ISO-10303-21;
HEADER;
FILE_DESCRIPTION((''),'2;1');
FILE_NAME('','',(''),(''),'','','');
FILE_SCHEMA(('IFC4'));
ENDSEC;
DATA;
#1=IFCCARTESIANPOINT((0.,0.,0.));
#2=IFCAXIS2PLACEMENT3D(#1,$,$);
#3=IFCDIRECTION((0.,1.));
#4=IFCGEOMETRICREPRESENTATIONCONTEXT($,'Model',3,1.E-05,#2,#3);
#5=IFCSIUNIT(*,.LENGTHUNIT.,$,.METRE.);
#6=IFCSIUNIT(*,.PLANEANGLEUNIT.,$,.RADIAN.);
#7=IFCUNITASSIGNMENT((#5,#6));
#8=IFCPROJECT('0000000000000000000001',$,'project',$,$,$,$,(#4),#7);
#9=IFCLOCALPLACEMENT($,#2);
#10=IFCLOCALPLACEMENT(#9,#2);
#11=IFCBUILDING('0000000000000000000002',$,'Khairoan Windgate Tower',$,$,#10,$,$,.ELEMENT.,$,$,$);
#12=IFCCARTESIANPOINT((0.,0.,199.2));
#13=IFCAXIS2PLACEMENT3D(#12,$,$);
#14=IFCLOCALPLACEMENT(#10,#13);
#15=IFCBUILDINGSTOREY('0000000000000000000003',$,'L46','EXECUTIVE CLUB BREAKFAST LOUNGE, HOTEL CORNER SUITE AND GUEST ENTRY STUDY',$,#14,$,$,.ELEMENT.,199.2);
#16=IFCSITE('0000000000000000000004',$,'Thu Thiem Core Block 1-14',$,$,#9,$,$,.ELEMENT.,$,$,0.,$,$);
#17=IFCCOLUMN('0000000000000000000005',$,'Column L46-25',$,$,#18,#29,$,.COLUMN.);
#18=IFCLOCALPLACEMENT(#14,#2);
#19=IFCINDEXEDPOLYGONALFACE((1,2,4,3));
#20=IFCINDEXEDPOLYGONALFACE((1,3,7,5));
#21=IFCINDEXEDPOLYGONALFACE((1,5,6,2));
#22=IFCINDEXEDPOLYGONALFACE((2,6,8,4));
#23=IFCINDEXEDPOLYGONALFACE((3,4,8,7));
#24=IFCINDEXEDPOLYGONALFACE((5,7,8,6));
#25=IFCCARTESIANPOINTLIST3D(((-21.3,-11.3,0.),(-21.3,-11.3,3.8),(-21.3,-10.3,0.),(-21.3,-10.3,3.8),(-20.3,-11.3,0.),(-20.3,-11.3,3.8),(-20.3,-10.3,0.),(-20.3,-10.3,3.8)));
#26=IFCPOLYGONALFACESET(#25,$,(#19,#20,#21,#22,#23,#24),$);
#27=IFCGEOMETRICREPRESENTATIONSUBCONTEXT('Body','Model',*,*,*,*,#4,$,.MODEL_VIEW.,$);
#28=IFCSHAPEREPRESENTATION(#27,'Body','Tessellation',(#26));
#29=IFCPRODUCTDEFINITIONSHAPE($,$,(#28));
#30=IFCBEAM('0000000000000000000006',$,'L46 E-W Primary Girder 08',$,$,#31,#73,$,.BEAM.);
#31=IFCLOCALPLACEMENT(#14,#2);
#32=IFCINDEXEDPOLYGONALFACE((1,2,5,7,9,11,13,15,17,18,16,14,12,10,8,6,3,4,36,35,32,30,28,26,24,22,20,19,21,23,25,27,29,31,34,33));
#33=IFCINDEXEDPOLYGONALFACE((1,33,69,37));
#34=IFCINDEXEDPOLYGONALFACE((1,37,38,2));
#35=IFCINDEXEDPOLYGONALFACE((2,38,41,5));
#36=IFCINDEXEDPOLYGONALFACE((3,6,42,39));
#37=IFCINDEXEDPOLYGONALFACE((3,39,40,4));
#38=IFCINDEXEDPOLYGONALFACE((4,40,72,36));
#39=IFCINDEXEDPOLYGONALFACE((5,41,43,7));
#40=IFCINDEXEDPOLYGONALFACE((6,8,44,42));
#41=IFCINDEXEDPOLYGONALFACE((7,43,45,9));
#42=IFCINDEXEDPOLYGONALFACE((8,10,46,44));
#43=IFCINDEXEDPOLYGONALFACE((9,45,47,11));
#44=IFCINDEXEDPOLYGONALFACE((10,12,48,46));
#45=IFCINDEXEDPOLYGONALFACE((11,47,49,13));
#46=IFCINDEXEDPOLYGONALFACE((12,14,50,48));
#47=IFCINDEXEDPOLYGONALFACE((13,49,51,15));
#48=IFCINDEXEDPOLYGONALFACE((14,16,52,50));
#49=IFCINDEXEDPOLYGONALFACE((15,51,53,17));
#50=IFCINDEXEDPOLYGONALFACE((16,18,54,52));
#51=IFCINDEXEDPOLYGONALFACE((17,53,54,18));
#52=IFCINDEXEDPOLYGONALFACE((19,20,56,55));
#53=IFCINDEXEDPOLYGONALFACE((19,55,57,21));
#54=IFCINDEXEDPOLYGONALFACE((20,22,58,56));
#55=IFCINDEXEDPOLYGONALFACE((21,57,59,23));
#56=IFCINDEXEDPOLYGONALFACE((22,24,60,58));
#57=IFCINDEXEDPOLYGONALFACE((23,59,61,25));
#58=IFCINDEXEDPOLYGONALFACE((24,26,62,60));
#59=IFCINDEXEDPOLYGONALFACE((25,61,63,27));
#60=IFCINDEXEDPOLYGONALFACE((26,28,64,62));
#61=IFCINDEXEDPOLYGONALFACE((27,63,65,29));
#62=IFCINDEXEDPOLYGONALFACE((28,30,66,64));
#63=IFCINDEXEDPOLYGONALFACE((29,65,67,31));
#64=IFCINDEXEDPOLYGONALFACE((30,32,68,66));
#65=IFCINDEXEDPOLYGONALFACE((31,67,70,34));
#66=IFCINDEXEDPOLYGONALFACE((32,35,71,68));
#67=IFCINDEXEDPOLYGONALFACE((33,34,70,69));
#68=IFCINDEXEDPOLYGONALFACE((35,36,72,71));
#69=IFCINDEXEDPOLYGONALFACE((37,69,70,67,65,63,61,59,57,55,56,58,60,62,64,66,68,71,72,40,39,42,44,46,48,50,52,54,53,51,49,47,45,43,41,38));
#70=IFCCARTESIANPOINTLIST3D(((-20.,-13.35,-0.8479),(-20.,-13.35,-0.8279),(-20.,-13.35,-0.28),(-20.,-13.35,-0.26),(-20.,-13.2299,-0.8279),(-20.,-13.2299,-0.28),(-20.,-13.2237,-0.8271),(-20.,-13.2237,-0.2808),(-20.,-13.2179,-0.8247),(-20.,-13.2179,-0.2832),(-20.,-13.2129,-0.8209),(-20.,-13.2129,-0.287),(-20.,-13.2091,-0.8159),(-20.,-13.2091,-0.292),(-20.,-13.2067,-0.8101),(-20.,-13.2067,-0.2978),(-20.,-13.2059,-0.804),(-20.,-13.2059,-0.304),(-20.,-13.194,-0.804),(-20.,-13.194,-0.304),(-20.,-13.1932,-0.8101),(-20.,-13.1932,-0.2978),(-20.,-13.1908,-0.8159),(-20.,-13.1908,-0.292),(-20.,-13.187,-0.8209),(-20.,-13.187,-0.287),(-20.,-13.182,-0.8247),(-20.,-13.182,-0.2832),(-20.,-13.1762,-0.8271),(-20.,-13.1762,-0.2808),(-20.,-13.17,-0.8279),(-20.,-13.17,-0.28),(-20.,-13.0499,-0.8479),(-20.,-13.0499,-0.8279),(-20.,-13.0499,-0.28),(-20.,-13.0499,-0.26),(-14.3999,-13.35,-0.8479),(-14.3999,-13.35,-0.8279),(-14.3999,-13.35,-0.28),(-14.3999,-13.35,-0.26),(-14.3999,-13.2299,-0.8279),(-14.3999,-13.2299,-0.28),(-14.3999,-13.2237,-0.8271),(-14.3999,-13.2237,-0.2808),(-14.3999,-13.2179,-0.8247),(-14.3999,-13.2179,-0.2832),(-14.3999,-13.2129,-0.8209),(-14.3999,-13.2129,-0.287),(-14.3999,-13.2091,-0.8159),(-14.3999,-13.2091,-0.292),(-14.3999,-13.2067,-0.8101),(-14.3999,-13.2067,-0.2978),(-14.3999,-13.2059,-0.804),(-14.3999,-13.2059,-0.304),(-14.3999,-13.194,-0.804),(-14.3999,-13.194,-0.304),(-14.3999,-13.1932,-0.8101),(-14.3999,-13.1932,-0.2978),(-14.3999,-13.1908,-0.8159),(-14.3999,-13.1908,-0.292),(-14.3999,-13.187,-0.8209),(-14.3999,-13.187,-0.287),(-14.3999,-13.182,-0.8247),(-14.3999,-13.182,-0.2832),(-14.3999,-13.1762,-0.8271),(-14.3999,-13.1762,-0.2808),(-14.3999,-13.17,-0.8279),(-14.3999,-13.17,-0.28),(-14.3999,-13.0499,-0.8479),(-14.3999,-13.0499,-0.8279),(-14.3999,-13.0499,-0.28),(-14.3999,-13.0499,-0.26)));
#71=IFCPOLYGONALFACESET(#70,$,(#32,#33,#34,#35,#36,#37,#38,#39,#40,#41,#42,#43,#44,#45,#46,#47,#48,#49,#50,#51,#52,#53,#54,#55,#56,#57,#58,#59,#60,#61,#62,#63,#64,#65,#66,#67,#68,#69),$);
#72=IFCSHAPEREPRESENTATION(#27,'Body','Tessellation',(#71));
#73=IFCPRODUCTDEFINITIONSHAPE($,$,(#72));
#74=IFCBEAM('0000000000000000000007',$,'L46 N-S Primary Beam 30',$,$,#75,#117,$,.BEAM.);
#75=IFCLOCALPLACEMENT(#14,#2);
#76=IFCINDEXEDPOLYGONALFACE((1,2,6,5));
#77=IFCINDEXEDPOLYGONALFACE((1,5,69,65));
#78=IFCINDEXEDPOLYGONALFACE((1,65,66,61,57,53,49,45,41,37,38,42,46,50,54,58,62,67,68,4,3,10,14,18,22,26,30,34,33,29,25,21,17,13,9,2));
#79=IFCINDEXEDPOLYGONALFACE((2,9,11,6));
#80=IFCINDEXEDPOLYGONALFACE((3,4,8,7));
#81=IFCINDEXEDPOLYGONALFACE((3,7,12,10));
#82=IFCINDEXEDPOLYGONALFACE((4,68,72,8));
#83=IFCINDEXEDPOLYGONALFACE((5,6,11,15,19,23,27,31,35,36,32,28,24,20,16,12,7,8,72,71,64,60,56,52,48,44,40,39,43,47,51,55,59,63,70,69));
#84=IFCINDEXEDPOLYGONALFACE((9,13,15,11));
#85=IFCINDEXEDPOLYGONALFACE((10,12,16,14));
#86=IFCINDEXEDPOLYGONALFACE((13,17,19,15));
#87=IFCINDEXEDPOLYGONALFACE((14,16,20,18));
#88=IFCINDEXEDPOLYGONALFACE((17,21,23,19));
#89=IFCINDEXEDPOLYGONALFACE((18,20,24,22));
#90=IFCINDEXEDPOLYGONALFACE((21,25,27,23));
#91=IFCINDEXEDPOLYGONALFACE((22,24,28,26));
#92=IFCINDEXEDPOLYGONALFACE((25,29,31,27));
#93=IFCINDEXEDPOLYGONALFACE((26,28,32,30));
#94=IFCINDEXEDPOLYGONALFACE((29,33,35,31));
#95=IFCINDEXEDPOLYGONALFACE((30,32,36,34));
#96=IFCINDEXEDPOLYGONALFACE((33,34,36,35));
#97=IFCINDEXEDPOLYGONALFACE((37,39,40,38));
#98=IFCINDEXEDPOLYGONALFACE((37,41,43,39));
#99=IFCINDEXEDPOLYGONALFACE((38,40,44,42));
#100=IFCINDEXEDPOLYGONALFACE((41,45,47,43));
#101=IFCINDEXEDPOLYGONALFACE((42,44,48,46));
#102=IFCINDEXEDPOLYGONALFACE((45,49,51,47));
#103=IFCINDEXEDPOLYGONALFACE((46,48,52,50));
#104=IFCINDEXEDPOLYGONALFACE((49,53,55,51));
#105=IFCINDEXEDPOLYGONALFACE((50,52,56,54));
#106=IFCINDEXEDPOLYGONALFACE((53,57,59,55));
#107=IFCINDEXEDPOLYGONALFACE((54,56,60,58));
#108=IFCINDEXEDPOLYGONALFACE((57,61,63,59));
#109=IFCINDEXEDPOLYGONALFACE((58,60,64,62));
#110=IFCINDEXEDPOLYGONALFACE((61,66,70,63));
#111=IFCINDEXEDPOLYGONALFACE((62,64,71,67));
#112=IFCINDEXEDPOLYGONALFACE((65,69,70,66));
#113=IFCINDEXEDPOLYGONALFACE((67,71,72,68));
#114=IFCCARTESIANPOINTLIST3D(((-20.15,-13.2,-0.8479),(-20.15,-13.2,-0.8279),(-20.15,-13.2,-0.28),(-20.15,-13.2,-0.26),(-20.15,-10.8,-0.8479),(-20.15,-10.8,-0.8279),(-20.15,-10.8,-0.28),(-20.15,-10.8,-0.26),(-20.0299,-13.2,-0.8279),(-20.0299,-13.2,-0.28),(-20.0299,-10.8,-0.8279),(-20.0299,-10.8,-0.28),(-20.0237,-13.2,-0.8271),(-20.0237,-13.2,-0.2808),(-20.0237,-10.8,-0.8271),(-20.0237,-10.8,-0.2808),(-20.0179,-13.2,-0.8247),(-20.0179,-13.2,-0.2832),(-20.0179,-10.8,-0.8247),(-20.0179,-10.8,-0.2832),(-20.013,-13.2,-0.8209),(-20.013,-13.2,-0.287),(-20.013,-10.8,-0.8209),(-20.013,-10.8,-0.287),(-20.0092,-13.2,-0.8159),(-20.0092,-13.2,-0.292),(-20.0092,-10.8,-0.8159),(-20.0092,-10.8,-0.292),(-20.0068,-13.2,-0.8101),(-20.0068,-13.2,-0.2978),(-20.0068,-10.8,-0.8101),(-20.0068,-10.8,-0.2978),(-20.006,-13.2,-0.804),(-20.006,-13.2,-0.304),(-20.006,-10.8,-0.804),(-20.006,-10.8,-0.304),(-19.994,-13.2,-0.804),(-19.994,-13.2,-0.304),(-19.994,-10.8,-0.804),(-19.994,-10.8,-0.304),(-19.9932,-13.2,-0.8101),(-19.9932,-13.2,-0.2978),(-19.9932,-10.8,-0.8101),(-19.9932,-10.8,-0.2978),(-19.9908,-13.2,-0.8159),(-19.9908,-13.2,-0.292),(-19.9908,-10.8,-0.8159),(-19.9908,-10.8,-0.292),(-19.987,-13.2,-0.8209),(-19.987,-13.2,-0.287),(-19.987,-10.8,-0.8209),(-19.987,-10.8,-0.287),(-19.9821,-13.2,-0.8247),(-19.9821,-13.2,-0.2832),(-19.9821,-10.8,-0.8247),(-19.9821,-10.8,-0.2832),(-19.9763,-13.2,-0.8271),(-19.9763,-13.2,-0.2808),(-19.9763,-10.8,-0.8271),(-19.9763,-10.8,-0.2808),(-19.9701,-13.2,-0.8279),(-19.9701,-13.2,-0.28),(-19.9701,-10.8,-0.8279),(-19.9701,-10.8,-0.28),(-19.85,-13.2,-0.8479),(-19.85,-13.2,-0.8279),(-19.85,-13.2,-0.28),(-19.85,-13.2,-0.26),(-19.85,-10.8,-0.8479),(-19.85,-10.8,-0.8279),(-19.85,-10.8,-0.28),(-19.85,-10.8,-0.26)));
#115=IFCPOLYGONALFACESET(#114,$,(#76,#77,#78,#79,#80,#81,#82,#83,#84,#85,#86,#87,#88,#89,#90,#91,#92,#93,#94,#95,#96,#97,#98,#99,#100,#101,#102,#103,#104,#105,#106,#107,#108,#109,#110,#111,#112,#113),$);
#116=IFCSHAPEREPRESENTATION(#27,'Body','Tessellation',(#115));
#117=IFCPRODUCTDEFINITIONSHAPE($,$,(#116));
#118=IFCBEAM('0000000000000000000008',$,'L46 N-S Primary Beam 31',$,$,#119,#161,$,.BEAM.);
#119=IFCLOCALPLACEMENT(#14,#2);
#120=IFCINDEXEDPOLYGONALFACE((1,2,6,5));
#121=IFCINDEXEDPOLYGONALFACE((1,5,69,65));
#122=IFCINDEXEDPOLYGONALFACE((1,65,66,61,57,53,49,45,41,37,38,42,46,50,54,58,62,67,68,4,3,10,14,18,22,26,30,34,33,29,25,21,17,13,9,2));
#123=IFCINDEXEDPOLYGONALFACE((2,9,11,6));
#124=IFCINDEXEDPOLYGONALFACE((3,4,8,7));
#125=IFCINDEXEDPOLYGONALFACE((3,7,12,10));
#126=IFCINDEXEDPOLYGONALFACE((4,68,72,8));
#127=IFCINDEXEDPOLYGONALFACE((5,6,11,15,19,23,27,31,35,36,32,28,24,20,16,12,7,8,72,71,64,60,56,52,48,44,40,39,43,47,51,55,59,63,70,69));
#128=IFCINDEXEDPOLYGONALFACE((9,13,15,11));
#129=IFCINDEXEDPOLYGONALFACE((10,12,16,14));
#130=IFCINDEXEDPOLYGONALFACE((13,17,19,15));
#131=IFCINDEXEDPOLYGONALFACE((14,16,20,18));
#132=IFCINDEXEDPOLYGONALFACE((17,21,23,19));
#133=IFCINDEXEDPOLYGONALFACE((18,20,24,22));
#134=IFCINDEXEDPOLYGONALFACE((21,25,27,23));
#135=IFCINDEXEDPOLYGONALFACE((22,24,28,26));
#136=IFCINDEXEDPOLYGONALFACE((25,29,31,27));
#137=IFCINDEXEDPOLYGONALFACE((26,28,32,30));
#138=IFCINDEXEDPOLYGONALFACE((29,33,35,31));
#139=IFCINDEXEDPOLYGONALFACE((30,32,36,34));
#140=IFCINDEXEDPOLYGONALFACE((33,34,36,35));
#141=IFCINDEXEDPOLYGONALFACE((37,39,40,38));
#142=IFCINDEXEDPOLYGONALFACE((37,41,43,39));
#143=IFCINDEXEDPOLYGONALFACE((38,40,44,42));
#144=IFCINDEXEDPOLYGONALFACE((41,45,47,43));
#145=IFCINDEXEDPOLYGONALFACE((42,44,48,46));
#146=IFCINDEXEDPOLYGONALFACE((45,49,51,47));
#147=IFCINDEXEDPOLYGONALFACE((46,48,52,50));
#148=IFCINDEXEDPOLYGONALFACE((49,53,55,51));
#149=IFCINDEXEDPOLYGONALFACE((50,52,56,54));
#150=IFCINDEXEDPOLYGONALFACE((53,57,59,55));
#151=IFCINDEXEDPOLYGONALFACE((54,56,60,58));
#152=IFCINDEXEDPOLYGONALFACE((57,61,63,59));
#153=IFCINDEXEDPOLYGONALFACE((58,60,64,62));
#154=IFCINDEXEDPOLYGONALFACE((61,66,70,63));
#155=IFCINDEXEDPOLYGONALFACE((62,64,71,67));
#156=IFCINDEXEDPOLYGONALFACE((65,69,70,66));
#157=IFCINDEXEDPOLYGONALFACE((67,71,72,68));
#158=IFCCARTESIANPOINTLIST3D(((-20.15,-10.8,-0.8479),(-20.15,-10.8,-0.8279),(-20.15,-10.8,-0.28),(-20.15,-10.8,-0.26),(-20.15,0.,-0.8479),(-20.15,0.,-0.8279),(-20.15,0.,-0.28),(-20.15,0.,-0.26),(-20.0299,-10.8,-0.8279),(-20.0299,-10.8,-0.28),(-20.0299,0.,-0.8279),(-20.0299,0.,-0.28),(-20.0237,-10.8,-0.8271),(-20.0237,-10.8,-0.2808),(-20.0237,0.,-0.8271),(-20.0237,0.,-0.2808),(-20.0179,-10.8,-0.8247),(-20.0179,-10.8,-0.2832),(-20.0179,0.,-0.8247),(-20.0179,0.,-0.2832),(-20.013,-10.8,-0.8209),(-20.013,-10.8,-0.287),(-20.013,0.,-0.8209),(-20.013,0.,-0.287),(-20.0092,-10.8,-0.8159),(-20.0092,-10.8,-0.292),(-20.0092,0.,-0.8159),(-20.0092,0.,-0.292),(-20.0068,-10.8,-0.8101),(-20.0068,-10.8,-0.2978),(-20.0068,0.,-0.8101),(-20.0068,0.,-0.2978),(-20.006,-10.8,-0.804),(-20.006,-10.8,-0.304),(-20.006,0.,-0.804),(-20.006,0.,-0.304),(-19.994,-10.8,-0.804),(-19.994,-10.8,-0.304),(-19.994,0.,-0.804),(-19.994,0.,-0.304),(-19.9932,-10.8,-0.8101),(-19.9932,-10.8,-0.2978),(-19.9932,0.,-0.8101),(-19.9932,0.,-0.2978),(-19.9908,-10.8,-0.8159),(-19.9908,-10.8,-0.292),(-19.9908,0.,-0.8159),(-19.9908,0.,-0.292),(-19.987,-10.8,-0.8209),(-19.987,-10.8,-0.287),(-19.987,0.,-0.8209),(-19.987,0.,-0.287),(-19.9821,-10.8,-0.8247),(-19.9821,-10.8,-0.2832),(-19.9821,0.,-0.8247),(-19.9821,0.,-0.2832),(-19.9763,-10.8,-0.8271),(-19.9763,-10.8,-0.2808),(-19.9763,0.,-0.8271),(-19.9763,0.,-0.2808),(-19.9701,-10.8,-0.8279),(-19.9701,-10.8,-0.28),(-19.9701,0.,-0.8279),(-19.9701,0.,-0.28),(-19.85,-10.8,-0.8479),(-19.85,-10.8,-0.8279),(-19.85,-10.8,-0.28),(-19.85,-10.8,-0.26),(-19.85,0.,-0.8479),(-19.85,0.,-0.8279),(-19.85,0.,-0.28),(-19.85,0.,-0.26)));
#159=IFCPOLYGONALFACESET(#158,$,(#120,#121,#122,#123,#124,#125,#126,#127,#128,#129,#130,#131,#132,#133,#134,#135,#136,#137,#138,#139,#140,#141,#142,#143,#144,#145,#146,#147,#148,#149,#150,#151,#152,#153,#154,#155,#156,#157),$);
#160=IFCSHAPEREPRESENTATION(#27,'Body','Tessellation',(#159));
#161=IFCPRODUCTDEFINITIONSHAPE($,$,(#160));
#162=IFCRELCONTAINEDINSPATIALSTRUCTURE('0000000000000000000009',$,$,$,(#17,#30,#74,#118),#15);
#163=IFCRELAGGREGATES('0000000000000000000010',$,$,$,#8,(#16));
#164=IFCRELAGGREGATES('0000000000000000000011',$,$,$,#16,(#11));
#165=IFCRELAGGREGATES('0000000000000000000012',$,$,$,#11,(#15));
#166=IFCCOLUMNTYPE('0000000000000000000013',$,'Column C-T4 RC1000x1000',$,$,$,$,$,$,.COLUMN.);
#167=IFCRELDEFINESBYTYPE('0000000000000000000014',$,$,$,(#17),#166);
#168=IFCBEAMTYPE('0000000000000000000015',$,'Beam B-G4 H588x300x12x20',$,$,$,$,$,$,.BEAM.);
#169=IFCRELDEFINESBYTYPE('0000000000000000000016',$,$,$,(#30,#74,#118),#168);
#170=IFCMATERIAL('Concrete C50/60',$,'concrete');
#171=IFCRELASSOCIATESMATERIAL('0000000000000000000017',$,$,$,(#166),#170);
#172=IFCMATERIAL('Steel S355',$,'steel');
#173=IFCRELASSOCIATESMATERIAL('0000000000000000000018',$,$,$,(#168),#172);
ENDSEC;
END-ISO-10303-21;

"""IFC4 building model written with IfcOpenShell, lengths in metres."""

from ifc_helpers import new_model, si_unit, direction, frame, origin, origin_2d, place, context, subcontext, project, spatial, rectangle, i_section, extrude, material, material_profile, profile_set, type_object, element, save


model = new_model("IFC4")

# Units and contexts
model_context = context("Model", 3, precision=1e-05, world=origin(), true_north=direction((0.0, 1.0)))
body_context = subcontext(model_context, "Body", "Model", "MODEL_VIEW")
ifc_project = project(units=[si_unit("LENGTHUNIT", "METRE"), si_unit("PLANEANGLEUNIT", "RADIAN")], contexts=[model_context])

# Site, building, storey
site_placement = place(None, origin())
site = spatial("IfcSite", under=ifc_project, at=site_placement, Name="Thu Thiem Core Block 1-14", CompositionType="ELEMENT", RefElevation=0.0)
building_placement = place(site_placement, origin())
building = spatial("IfcBuilding", under=site, at=building_placement, Name="Khairoan Windgate Tower", CompositionType="ELEMENT")
storey_placement = place(building_placement, frame((0.0, 0.0, 199.2)))
storey = spatial("IfcBuildingStorey", under=building, at=storey_placement, Name="L46", Description="EXECUTIVE CLUB BREAKFAST LOUNGE, HOTEL CORNER SUITE AND GUEST ENTRY STUDY", CompositionType="ELEMENT", Elevation=199.2)

# Column
ifc_material_1 = material(Name="Concrete C50/60", Category="concrete")
ifc_material_profile_1 = material_profile(ifc_material_1, rectangle(XDim=1.0, YDim=1.0, at=origin_2d()))
ifc_profile_set_1 = profile_set([ifc_material_profile_1], Name="Concrete C50/60")
column_type = type_object("IfcColumnType", Name="Column C-T4 RC1000x1000", PredefinedType="COLUMN", material=ifc_profile_set_1)
column_placement = place(storey_placement, frame((-20.8, -10.8, 0.0), z_axis=(0.0, 0.0, 1.0), x_axis=(1.0, 0.0, 0.0)))
element("IfcColumn", 1, at=column_placement, inside=storey, type_object=column_type, Name="Column L46-25", PredefinedType="COLUMN", context=body_context, shape_type="SweptSolid", body=[
    extrude(rectangle(XDim=1.0, YDim=1.0, at=origin_2d()), origin(), (0.0, 0.0, 1.0), 3.8),
])

# Beams
ifc_material_2 = material(Name="Steel S355", Category="steel")
ifc_material_profile_2 = material_profile(ifc_material_2, i_section(OverallWidth=0.3, OverallDepth=0.5879, WebThickness=0.012, FlangeThickness=0.02, FilletRadius=0.0239, at=origin_2d()))
ifc_profile_set_2 = profile_set([ifc_material_profile_2], Name="Steel S355")
beam_type_1 = type_object("IfcBeamType", Name="Beam B-G4 H588x300x12x20", PredefinedType="BEAM", material=ifc_profile_set_2)
beam_1_placement = place(storey_placement, frame((-20.0, -13.2, -0.554), z_axis=(1.0, 0.0, 0.0), x_axis=(0.0, 1.0, 0.0)))
element("IfcBeam", 2, at=beam_1_placement, inside=storey, type_object=beam_type_1, Name="L46 E-W Primary Girder 08", PredefinedType="BEAM", context=body_context, shape_type="SweptSolid", body=[
    extrude(i_section(OverallWidth=0.3, OverallDepth=0.5879, WebThickness=0.012, FlangeThickness=0.02, FilletRadius=0.0239, at=origin_2d()), origin(), (0.0, 0.0, 1.0), 5.6001),
])
beam_2_placement = place(storey_placement, frame((-20.0, -13.2, -0.554), z_axis=(0.0, 1.0, 0.0), x_axis=(-1.0, 0.0, 0.0)))
element("IfcBeam", 3, at=beam_2_placement, inside=storey, type_object=beam_type_1, Name="L46 N-S Primary Beam 30", PredefinedType="BEAM", context=body_context, shape_type="SweptSolid", body=[
    extrude(i_section(OverallWidth=0.3, OverallDepth=0.5879, WebThickness=0.012, FlangeThickness=0.02, FilletRadius=0.0239, at=origin_2d()), origin(), (0.0, 0.0, 1.0), 2.3999),
])
beam_3_placement = place(storey_placement, frame((-20.0, -10.8, -0.554), z_axis=(0.0, 1.0, 0.0), x_axis=(-1.0, 0.0, 0.0)))
element("IfcBeam", 4, at=beam_3_placement, inside=storey, type_object=beam_type_1, Name="L46 N-S Primary Beam 31", PredefinedType="BEAM", context=body_context, shape_type="SweptSolid", body=[
    extrude(i_section(OverallWidth=0.3, OverallDepth=0.5879, WebThickness=0.012, FlangeThickness=0.02, FilletRadius=0.0239, at=origin_2d()), origin(), (0.0, 0.0, 1.0), 10.8),
])

save(model, "model.ifc")
